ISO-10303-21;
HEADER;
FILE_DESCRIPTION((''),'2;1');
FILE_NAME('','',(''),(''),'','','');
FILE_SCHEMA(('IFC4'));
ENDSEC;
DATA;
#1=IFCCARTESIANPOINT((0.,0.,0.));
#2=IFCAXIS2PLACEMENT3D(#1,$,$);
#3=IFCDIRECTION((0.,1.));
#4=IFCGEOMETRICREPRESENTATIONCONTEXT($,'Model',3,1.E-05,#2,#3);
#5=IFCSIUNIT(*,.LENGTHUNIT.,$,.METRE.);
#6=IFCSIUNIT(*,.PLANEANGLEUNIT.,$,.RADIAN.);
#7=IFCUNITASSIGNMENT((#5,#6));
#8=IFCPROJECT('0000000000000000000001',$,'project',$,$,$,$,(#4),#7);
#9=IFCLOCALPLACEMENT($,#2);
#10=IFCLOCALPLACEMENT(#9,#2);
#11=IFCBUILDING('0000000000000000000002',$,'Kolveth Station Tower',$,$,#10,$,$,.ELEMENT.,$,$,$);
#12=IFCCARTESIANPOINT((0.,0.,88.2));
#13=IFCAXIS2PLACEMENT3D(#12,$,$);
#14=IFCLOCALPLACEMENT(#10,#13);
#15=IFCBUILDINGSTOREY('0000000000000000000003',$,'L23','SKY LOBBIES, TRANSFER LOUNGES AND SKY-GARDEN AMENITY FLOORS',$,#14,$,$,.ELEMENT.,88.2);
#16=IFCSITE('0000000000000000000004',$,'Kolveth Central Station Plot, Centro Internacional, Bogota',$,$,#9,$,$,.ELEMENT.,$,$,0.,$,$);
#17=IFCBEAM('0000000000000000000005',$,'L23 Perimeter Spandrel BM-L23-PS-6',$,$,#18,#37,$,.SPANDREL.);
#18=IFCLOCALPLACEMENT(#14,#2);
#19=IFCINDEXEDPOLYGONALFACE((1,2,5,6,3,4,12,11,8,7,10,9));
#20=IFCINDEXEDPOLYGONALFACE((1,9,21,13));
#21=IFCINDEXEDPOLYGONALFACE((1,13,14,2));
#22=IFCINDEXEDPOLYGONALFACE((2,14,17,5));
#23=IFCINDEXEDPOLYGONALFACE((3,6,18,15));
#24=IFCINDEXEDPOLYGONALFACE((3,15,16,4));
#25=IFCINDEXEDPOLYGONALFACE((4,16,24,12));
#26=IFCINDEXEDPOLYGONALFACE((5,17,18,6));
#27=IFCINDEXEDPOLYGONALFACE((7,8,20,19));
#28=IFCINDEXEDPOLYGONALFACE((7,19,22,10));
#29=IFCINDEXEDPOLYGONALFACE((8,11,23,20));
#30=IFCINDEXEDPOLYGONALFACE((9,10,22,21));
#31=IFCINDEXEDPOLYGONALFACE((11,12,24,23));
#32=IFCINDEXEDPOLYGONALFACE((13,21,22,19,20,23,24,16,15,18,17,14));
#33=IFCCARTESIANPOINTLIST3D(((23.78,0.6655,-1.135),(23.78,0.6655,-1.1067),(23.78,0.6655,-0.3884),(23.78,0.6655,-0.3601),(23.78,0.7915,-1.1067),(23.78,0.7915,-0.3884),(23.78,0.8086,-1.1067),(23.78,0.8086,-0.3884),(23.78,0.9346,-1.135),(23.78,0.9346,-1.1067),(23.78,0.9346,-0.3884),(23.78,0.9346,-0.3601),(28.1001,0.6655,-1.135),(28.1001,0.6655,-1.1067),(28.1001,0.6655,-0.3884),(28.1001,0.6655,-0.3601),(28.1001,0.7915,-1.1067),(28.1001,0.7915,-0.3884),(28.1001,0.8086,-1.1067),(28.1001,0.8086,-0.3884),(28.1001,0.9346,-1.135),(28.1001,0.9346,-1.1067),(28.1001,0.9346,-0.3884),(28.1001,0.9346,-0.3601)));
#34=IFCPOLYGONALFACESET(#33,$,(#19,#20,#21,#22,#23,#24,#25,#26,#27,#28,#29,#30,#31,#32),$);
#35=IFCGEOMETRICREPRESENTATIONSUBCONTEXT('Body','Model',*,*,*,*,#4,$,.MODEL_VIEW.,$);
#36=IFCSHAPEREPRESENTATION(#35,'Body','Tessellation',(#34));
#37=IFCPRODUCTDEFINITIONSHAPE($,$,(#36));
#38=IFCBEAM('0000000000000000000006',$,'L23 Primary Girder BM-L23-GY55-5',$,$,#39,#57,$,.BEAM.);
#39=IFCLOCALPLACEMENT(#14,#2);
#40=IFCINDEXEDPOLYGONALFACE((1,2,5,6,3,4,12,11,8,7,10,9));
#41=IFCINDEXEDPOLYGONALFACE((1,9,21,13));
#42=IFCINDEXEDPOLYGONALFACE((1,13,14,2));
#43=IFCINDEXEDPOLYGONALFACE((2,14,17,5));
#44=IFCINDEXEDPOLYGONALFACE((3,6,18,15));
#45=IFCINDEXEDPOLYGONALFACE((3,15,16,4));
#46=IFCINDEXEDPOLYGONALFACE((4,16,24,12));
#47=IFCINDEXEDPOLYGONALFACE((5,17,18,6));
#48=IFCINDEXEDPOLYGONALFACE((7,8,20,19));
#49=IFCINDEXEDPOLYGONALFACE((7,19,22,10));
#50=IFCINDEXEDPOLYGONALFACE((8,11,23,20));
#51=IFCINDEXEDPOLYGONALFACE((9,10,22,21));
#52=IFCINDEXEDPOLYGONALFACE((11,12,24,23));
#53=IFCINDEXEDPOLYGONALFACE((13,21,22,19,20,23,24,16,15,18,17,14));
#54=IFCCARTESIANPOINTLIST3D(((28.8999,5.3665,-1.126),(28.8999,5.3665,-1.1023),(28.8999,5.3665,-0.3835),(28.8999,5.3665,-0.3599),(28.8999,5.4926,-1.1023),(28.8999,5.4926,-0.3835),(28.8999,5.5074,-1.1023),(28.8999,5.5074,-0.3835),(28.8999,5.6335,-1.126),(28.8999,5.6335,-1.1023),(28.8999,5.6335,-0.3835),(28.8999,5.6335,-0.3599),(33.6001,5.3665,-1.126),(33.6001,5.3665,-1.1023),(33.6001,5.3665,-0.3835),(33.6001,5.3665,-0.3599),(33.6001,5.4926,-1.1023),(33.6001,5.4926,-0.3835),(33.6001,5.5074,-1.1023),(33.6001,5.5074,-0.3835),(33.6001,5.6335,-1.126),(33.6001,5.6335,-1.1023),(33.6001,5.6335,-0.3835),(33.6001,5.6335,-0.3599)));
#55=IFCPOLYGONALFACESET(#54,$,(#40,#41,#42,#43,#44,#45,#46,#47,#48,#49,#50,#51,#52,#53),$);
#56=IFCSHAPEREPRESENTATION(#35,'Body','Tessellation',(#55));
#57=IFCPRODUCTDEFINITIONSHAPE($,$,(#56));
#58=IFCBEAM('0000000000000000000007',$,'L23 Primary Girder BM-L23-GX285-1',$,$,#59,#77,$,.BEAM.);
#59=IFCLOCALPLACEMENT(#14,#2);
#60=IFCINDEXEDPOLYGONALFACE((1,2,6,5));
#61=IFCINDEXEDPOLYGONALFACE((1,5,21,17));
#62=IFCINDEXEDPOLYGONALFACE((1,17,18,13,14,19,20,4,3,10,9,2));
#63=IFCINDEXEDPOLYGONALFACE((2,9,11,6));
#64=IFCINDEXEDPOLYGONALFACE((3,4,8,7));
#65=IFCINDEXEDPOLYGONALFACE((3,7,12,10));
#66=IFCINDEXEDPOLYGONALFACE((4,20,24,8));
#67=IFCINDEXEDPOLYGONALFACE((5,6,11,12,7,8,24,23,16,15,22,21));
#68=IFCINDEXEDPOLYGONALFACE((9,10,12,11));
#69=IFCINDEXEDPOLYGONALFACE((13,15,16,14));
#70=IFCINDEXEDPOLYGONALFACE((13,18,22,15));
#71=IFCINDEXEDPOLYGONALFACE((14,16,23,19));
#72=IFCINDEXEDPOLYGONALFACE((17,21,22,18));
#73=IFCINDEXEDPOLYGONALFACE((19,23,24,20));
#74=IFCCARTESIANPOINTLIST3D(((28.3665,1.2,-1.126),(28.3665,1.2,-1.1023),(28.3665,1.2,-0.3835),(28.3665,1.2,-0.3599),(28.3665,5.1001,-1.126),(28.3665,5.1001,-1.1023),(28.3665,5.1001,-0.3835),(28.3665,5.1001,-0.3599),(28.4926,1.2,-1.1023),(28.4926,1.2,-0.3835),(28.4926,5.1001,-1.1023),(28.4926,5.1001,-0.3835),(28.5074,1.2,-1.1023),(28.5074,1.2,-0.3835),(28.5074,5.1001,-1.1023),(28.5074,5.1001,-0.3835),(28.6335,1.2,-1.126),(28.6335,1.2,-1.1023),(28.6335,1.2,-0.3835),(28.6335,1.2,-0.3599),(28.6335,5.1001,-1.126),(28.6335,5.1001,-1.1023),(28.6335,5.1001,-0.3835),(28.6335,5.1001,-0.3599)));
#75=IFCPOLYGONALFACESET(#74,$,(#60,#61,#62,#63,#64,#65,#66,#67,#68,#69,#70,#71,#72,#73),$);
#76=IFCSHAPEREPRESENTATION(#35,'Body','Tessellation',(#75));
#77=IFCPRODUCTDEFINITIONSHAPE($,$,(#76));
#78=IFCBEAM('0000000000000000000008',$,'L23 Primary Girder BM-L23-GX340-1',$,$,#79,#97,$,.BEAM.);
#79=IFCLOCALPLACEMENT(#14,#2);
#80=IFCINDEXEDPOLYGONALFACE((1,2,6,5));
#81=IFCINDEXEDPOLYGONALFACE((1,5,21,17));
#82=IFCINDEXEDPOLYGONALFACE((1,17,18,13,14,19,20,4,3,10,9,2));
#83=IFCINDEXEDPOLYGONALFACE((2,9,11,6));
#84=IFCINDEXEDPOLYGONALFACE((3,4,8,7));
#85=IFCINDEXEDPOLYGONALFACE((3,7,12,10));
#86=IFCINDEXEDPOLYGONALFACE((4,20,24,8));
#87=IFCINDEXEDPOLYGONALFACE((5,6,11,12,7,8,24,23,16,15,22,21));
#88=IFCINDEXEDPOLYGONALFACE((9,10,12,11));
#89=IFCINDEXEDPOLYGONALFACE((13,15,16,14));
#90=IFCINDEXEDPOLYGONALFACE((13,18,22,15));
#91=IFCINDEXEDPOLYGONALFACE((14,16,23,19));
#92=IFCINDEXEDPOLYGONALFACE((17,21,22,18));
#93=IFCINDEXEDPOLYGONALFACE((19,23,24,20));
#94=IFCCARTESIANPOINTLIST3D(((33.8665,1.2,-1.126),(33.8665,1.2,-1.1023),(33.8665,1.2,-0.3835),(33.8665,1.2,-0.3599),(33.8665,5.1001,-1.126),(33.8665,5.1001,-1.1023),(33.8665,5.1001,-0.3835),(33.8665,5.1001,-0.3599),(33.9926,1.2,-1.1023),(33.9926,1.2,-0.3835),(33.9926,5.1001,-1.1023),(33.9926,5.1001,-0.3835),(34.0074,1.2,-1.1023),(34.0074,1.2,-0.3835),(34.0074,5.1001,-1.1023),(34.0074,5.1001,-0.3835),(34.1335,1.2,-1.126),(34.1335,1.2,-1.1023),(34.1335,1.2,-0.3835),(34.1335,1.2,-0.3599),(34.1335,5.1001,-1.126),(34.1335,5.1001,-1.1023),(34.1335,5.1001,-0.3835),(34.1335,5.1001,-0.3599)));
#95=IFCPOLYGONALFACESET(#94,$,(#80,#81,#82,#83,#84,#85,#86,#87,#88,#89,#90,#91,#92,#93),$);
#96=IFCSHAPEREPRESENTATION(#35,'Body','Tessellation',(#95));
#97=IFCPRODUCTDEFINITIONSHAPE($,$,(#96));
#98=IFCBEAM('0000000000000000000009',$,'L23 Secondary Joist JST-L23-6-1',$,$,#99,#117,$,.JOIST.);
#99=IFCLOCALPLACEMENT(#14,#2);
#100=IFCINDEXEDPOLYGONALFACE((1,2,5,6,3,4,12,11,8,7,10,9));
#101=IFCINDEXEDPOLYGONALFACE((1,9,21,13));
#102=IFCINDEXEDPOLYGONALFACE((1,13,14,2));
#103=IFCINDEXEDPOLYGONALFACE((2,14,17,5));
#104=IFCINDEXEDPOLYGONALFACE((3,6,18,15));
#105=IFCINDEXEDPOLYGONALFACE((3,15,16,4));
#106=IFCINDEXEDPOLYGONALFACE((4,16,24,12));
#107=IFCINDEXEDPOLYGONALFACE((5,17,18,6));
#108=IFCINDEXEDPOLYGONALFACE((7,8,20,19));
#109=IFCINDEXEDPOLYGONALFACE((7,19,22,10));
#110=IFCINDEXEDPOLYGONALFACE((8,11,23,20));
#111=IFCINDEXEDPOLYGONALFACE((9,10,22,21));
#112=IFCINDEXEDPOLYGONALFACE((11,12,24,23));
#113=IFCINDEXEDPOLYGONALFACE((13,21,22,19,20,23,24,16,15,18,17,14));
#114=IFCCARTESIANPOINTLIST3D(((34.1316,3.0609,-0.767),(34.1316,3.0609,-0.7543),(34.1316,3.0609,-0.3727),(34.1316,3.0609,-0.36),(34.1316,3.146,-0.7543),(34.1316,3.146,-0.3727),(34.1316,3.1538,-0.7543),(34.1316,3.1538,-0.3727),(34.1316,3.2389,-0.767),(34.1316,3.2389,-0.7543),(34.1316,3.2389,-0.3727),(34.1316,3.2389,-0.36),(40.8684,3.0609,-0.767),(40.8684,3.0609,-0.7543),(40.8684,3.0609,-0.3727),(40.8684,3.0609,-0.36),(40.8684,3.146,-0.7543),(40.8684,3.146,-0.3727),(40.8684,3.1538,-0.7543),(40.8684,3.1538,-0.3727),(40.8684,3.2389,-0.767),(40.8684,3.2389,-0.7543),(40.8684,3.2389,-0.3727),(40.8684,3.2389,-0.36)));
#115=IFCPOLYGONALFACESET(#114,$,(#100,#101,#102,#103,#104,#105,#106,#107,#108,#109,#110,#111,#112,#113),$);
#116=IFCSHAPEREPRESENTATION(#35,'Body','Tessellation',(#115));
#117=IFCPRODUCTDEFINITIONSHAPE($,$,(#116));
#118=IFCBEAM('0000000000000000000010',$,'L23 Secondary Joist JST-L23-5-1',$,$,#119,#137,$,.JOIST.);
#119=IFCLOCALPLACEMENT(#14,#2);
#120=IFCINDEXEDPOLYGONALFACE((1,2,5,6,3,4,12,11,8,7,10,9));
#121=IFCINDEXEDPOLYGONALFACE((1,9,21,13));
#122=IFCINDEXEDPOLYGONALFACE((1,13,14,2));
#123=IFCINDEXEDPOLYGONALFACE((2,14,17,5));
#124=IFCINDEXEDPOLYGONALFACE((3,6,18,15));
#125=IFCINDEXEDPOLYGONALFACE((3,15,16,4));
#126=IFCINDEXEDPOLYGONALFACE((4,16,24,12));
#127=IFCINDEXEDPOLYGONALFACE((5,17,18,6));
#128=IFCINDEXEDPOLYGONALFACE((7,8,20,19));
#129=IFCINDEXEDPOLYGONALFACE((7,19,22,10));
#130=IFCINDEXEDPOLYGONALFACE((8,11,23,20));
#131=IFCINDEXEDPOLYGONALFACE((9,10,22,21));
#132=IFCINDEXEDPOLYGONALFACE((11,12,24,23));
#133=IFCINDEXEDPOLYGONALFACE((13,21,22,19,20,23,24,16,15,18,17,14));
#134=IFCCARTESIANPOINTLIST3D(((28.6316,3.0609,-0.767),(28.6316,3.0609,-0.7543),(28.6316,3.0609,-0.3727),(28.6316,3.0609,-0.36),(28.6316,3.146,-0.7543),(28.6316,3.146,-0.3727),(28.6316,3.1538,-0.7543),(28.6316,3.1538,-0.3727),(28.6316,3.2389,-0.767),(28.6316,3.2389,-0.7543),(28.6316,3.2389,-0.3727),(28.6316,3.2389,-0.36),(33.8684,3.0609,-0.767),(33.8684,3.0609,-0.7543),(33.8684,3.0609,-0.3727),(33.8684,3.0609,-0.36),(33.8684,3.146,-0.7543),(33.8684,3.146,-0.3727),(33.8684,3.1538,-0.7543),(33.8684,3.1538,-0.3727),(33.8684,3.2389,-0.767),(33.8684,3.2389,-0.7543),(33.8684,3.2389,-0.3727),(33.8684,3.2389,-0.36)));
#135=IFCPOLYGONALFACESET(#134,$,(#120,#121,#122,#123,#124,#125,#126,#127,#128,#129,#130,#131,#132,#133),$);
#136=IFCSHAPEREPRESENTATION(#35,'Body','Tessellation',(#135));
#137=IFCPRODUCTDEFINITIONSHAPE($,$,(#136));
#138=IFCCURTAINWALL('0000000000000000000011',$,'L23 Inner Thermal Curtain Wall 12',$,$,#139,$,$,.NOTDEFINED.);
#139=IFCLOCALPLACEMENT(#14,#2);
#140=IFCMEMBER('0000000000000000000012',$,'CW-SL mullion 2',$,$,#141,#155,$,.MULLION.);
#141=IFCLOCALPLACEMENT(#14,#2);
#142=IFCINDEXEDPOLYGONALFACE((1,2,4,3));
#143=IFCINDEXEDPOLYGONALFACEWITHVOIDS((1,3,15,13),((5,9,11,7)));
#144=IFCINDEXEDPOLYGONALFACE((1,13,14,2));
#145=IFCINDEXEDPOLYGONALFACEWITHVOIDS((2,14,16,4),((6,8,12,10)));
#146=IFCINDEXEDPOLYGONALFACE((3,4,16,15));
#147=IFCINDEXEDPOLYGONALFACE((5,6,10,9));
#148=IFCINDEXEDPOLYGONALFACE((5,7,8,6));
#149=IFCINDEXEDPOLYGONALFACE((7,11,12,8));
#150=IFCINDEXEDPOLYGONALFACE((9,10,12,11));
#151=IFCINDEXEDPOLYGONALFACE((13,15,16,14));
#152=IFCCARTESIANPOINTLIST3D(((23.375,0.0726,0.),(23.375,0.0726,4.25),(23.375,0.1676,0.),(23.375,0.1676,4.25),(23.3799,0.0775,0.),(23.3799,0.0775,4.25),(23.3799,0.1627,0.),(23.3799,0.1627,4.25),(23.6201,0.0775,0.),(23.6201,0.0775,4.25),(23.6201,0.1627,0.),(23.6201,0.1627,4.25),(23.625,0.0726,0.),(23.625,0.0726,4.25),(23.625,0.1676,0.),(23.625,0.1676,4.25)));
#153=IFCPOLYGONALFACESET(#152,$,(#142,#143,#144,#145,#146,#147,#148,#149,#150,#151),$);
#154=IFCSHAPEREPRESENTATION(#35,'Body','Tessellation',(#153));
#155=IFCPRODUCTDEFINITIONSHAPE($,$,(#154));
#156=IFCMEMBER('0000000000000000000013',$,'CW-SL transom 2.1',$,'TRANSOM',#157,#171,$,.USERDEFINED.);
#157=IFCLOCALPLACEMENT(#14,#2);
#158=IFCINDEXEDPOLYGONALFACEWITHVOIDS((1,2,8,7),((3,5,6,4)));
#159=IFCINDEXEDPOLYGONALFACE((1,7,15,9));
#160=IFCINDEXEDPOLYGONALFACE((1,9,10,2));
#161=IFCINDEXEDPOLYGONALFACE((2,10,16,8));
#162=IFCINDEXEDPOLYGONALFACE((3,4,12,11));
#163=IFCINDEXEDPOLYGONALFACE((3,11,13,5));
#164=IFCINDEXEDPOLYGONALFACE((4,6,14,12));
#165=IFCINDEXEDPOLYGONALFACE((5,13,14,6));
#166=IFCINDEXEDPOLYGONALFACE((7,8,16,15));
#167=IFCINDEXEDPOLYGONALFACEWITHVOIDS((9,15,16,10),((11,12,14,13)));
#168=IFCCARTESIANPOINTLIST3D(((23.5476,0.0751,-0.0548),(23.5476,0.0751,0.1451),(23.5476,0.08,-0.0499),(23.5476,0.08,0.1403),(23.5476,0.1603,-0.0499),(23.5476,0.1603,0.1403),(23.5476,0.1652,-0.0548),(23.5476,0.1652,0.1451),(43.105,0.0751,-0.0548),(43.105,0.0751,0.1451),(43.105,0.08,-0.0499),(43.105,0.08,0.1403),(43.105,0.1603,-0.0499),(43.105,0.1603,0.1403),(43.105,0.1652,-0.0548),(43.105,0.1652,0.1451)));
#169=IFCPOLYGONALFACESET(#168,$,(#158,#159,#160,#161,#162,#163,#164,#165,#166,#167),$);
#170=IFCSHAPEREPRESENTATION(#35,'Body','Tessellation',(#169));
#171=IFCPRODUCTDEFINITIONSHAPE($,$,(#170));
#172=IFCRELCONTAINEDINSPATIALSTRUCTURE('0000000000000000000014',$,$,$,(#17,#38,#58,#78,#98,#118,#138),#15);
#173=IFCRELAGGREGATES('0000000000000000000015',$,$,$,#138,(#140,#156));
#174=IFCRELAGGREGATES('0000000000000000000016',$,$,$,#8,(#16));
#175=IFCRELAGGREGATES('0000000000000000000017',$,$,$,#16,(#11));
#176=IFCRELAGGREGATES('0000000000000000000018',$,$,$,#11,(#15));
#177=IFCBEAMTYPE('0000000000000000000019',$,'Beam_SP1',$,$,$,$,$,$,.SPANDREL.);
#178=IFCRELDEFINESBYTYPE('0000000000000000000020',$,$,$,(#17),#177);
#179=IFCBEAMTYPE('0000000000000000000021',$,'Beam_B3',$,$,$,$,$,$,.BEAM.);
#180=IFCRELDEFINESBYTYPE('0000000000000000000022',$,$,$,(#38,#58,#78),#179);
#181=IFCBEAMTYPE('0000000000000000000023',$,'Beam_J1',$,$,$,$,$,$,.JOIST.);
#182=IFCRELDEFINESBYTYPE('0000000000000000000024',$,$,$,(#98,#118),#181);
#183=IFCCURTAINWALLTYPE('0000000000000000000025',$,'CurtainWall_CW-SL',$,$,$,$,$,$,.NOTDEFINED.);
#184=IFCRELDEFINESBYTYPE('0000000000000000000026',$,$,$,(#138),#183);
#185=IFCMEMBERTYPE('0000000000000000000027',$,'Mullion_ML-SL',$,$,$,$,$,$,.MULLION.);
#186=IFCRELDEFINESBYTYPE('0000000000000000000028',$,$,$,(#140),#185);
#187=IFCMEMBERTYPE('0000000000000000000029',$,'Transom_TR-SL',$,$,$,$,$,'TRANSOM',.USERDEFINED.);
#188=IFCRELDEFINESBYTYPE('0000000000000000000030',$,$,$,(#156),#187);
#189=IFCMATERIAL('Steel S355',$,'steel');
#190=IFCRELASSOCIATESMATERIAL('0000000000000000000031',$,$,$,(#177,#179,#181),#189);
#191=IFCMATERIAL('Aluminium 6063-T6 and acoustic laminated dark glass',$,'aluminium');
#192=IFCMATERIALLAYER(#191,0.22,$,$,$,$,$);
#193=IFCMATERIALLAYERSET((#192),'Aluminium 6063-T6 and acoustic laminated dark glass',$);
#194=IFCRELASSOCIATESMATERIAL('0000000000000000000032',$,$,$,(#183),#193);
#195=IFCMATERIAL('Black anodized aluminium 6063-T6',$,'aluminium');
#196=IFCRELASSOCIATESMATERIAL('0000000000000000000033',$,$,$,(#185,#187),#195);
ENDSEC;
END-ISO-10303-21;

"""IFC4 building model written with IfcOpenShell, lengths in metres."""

from ifc_helpers import new_model, si_unit, direction, frame, origin, origin_2d, place, context, subcontext, project, spatial, hollow_rectangle, i_section, extrude, source, transform, mapped, material, layer, layer_set, material_profile, profile_set, type_object, element, aggregate, save


model = new_model("IFC4")

# Units and contexts
model_context = context("Model", 3, precision=1e-05, world=origin(), true_north=direction((0.0, 1.0)))
body_context = subcontext(model_context, "Body", "Model", "MODEL_VIEW")
ifc_project = project(units=[si_unit("LENGTHUNIT", "METRE"), si_unit("PLANEANGLEUNIT", "RADIAN")], contexts=[model_context])

# Site, building, storey
site_placement = place(None, origin())
site = spatial("IfcSite", under=ifc_project, at=site_placement, Name="Kolveth Central Station Plot, Centro Internacional, Bogota", CompositionType="ELEMENT", RefElevation=0.0)
building_placement = place(site_placement, origin())
building = spatial("IfcBuilding", under=site, at=building_placement, Name="Kolveth Station Tower", CompositionType="ELEMENT")
storey_placement = place(building_placement, frame((0.0, 0.0, 88.2)))
storey = spatial("IfcBuildingStorey", under=building, at=storey_placement, Name="L23", Description="SKY LOBBIES, TRANSFER LOUNGES AND SKY-GARDEN AMENITY FLOORS", CompositionType="ELEMENT", Elevation=88.2)

# Beams
ifc_material_1 = material(Name="Steel S355", Category="steel")
ifc_material_profile_1 = material_profile(ifc_material_1, i_section(OverallWidth=0.269, OverallDepth=0.7749, WebThickness=0.0171, FlangeThickness=0.0283, at=origin_2d()), Name="W760x220")
ifc_profile_set_1 = profile_set([ifc_material_profile_1], Name="Steel S355")
beam_type_1 = type_object("IfcBeamType", Name="Beam_SP1", PredefinedType="SPANDREL", material=ifc_profile_set_1)
shared_shape_1 = source(origin(), body_context, "Body", "SweptSolid", [
    extrude(i_section(OverallWidth=0.269, OverallDepth=0.7749, WebThickness=0.0171, FlangeThickness=0.0283, at=origin_2d()), origin(), (0.0, 0.0, 1.0), 4.3201),
])
beam_1_placement = place(storey_placement, frame((23.78, 0.8, -0.7476), z_axis=(1.0, 0.0, 0.0), x_axis=(0.0, 1.0, 0.0)))
element("IfcBeam", 1, at=beam_1_placement, inside=storey, type_object=beam_type_1, Name="L23 Perimeter Spandrel BM-L23-PS-6", PredefinedType="SPANDREL", context=body_context, shape_type="MappedRepresentation", body=[
    mapped(shared_shape_1, transform((0.0, 0.0, 0.0), x_axis=(1.0, 0.0, 0.0), y_axis=(0.0, 1.0, 0.0), z_axis=(0.0, 0.0, 1.0), scale=1.0)),
])
ifc_material_profile_2 = material_profile(ifc_material_1, i_section(OverallWidth=0.2671, OverallDepth=0.7661, WebThickness=0.0149, FlangeThickness=0.0237, at=origin_2d()), Name="W760x185")
ifc_profile_set_2 = profile_set([ifc_material_profile_2], Name="Steel S355")
beam_type_2 = type_object("IfcBeamType", Name="Beam_B3", PredefinedType="BEAM", material=ifc_profile_set_2)
shared_shape_2 = source(origin(), body_context, "Body", "SweptSolid", [
    extrude(i_section(OverallWidth=0.2671, OverallDepth=0.7661, WebThickness=0.0149, FlangeThickness=0.0237, at=origin_2d()), origin(), (0.0, 0.0, 1.0), 4.7002),
])
beam_2_placement = place(storey_placement, frame((28.8999, 5.5, -0.7429), z_axis=(1.0, 0.0, 0.0), x_axis=(0.0, 1.0, 0.0)))
element("IfcBeam", 2, at=beam_2_placement, inside=storey, type_object=beam_type_2, Name="L23 Primary Girder BM-L23-GY55-5", PredefinedType="BEAM", context=body_context, shape_type="MappedRepresentation", body=[
    mapped(shared_shape_2, transform((0.0, 0.0, 0.0), x_axis=(1.0, 0.0, 0.0), y_axis=(0.0, 1.0, 0.0), z_axis=(0.0, 0.0, 1.0), scale=1.0)),
])
shared_shape_3 = source(origin(), body_context, "Body", "SweptSolid", [
    extrude(i_section(OverallWidth=0.2671, OverallDepth=0.7661, WebThickness=0.0149, FlangeThickness=0.0237, at=origin_2d()), origin(), (0.0, 0.0, 1.0), 3.9001),
])
for number, where, z_axis, x_axis, name in (
    (3, (28.5, 1.2, -0.7429), (0.0, 1.0, 0.0), (-1.0, 0.0, 0.0), "L23 Primary Girder BM-L23-GX285-1"),
    (4, (34.0, 1.2, -0.7429), (0.0, 1.0, 0.0), (-1.0, 0.0, 0.0), "L23 Primary Girder BM-L23-GX340-1"),
):
    element("IfcBeam", number, at=place(storey_placement, frame(where, z_axis=z_axis, x_axis=x_axis)), inside=storey, type_object=beam_type_2, Name=name, PredefinedType="BEAM", context=body_context, shape_type="MappedRepresentation", body=[
        mapped(shared_shape_3, transform((0.0, 0.0, 0.0), x_axis=(1.0, 0.0, 0.0), y_axis=(0.0, 1.0, 0.0), z_axis=(0.0, 0.0, 1.0), scale=1.0)),
    ])
ifc_material_profile_3 = material_profile(ifc_material_1, i_section(OverallWidth=0.178, OverallDepth=0.407, WebThickness=0.0078, FlangeThickness=0.0127, at=origin_2d()), Name="W410x60")
ifc_profile_set_3 = profile_set([ifc_material_profile_3], Name="Steel S355")
beam_type_3 = type_object("IfcBeamType", Name="Beam_J1", PredefinedType="JOIST", material=ifc_profile_set_3)
shared_shape_4 = source(origin(), body_context, "Body", "SweptSolid", [
    extrude(i_section(OverallWidth=0.178, OverallDepth=0.407, WebThickness=0.0078, FlangeThickness=0.0127, at=origin_2d()), origin(), (0.0, 0.0, 1.0), 6.7368),
])
beam_3_placement = place(storey_placement, frame((34.1316, 3.1499, -0.5635), z_axis=(1.0, 0.0, 0.0), x_axis=(0.0, 1.0, 0.0)))
element("IfcBeam", 5, at=beam_3_placement, inside=storey, type_object=beam_type_3, Name="L23 Secondary Joist JST-L23-6-1", PredefinedType="JOIST", context=body_context, shape_type="MappedRepresentation", body=[
    mapped(shared_shape_4, transform((0.0, 0.0, 0.0), x_axis=(1.0, 0.0, 0.0), y_axis=(0.0, 1.0, 0.0), z_axis=(0.0, 0.0, 1.0), scale=1.0)),
])
shared_shape_5 = source(origin(), body_context, "Body", "SweptSolid", [
    extrude(i_section(OverallWidth=0.178, OverallDepth=0.407, WebThickness=0.0078, FlangeThickness=0.0127, at=origin_2d()), origin(), (0.0, 0.0, 1.0), 5.2368),
])
beam_4_placement = place(storey_placement, frame((28.6316, 3.1499, -0.5635), z_axis=(1.0, 0.0, 0.0), x_axis=(0.0, 1.0, 0.0)))
element("IfcBeam", 6, at=beam_4_placement, inside=storey, type_object=beam_type_3, Name="L23 Secondary Joist JST-L23-5-1", PredefinedType="JOIST", context=body_context, shape_type="MappedRepresentation", body=[
    mapped(shared_shape_5, transform((0.0, 0.0, 0.0), x_axis=(1.0, 0.0, 0.0), y_axis=(0.0, 1.0, 0.0), z_axis=(0.0, 0.0, 1.0), scale=1.0)),
])

# Curtain wall, members
ifc_material_2 = material(Name="Aluminium 6063-T6 and acoustic laminated dark glass", Category="aluminium")
ifc_layer_1 = layer(ifc_material_2, 0.22)
ifc_layer_set_1 = layer_set([ifc_layer_1], Name="Aluminium 6063-T6 and acoustic laminated dark glass")
curtain_wall_type_1 = type_object("IfcCurtainWallType", Name="CurtainWall_CW-SL", PredefinedType="NOTDEFINED", material=ifc_layer_set_1)
curtain_wall_1_placement = place(storey_placement, origin())
curtain_wall_1 = element("IfcCurtainWall", 7, at=curtain_wall_1_placement, inside=storey, type_object=curtain_wall_type_1, Name="L23 Inner Thermal Curtain Wall 12", PredefinedType="NOTDEFINED")
ifc_material_3 = material(Name="Black anodized aluminium 6063-T6", Category="aluminium")
ifc_material_profile_4 = material_profile(ifc_material_3, hollow_rectangle(XDim=0.095, YDim=0.25, WallThickness=0.0049, at=origin_2d()), Name="ALU-95x250x5")
ifc_profile_set_4 = profile_set([ifc_material_profile_4], Name="Black anodized aluminium 6063-T6")
member_type_1 = type_object("IfcMemberType", Name="Mullion_ML-SL", PredefinedType="MULLION", material=ifc_profile_set_4)
shared_shape_6 = source(origin(), body_context, "Body", "SweptSolid", [
    extrude(hollow_rectangle(XDim=0.095, YDim=0.25, WallThickness=0.0049, at=origin_2d()), origin(), (0.0, 0.0, 1.0), 4.25),
])
member_1_placement = place(storey_placement, frame((23.5, 0.1201, 0.0), z_axis=(0.0, 0.0, 1.0), x_axis=(0.0, 1.0, 0.0)))
member_1 = element("IfcMember", 8, at=member_1_placement, type_object=member_type_1, Name="CW-SL mullion 2", PredefinedType="MULLION", context=body_context, shape_type="MappedRepresentation", body=[
    mapped(shared_shape_6, transform((0.0, 0.0, 0.0), x_axis=(1.0, 0.0, 0.0), y_axis=(0.0, 1.0, 0.0), z_axis=(0.0, 0.0, 1.0), scale=1.0)),
])
ifc_material_profile_5 = material_profile(ifc_material_3, hollow_rectangle(XDim=0.0901, YDim=0.2, WallThickness=0.0049, at=origin_2d()), Name="ALU-90x200x5")
ifc_profile_set_5 = profile_set([ifc_material_profile_5], Name="Black anodized aluminium 6063-T6")
member_type_2 = type_object("IfcMemberType", Name="Transom_TR-SL", ElementType="TRANSOM", PredefinedType="USERDEFINED", material=ifc_profile_set_5)
shared_shape_7 = source(origin(), body_context, "Body", "SweptSolid", [
    extrude(hollow_rectangle(XDim=0.0901, YDim=0.2, WallThickness=0.0049, at=origin_2d()), origin(), (0.0, 0.0, 1.0), 19.5574),
])
member_2_placement = place(storey_placement, frame((23.5476, 0.1201, 0.0452), z_axis=(1.0, 0.0, 0.0), x_axis=(0.0, 1.0, 0.0)))
member_2 = element("IfcMember", 9, at=member_2_placement, type_object=member_type_2, Name="CW-SL transom 2.1", ObjectType="TRANSOM", PredefinedType="USERDEFINED", context=body_context, shape_type="MappedRepresentation", body=[
    mapped(shared_shape_7, transform((0.0, 0.0, 0.0), x_axis=(1.0, 0.0, 0.0), y_axis=(0.0, 1.0, 0.0), z_axis=(0.0, 0.0, 1.0), scale=1.0)),
])
aggregate(curtain_wall_1, [member_1, member_2])

save(model, "model.ifc")
